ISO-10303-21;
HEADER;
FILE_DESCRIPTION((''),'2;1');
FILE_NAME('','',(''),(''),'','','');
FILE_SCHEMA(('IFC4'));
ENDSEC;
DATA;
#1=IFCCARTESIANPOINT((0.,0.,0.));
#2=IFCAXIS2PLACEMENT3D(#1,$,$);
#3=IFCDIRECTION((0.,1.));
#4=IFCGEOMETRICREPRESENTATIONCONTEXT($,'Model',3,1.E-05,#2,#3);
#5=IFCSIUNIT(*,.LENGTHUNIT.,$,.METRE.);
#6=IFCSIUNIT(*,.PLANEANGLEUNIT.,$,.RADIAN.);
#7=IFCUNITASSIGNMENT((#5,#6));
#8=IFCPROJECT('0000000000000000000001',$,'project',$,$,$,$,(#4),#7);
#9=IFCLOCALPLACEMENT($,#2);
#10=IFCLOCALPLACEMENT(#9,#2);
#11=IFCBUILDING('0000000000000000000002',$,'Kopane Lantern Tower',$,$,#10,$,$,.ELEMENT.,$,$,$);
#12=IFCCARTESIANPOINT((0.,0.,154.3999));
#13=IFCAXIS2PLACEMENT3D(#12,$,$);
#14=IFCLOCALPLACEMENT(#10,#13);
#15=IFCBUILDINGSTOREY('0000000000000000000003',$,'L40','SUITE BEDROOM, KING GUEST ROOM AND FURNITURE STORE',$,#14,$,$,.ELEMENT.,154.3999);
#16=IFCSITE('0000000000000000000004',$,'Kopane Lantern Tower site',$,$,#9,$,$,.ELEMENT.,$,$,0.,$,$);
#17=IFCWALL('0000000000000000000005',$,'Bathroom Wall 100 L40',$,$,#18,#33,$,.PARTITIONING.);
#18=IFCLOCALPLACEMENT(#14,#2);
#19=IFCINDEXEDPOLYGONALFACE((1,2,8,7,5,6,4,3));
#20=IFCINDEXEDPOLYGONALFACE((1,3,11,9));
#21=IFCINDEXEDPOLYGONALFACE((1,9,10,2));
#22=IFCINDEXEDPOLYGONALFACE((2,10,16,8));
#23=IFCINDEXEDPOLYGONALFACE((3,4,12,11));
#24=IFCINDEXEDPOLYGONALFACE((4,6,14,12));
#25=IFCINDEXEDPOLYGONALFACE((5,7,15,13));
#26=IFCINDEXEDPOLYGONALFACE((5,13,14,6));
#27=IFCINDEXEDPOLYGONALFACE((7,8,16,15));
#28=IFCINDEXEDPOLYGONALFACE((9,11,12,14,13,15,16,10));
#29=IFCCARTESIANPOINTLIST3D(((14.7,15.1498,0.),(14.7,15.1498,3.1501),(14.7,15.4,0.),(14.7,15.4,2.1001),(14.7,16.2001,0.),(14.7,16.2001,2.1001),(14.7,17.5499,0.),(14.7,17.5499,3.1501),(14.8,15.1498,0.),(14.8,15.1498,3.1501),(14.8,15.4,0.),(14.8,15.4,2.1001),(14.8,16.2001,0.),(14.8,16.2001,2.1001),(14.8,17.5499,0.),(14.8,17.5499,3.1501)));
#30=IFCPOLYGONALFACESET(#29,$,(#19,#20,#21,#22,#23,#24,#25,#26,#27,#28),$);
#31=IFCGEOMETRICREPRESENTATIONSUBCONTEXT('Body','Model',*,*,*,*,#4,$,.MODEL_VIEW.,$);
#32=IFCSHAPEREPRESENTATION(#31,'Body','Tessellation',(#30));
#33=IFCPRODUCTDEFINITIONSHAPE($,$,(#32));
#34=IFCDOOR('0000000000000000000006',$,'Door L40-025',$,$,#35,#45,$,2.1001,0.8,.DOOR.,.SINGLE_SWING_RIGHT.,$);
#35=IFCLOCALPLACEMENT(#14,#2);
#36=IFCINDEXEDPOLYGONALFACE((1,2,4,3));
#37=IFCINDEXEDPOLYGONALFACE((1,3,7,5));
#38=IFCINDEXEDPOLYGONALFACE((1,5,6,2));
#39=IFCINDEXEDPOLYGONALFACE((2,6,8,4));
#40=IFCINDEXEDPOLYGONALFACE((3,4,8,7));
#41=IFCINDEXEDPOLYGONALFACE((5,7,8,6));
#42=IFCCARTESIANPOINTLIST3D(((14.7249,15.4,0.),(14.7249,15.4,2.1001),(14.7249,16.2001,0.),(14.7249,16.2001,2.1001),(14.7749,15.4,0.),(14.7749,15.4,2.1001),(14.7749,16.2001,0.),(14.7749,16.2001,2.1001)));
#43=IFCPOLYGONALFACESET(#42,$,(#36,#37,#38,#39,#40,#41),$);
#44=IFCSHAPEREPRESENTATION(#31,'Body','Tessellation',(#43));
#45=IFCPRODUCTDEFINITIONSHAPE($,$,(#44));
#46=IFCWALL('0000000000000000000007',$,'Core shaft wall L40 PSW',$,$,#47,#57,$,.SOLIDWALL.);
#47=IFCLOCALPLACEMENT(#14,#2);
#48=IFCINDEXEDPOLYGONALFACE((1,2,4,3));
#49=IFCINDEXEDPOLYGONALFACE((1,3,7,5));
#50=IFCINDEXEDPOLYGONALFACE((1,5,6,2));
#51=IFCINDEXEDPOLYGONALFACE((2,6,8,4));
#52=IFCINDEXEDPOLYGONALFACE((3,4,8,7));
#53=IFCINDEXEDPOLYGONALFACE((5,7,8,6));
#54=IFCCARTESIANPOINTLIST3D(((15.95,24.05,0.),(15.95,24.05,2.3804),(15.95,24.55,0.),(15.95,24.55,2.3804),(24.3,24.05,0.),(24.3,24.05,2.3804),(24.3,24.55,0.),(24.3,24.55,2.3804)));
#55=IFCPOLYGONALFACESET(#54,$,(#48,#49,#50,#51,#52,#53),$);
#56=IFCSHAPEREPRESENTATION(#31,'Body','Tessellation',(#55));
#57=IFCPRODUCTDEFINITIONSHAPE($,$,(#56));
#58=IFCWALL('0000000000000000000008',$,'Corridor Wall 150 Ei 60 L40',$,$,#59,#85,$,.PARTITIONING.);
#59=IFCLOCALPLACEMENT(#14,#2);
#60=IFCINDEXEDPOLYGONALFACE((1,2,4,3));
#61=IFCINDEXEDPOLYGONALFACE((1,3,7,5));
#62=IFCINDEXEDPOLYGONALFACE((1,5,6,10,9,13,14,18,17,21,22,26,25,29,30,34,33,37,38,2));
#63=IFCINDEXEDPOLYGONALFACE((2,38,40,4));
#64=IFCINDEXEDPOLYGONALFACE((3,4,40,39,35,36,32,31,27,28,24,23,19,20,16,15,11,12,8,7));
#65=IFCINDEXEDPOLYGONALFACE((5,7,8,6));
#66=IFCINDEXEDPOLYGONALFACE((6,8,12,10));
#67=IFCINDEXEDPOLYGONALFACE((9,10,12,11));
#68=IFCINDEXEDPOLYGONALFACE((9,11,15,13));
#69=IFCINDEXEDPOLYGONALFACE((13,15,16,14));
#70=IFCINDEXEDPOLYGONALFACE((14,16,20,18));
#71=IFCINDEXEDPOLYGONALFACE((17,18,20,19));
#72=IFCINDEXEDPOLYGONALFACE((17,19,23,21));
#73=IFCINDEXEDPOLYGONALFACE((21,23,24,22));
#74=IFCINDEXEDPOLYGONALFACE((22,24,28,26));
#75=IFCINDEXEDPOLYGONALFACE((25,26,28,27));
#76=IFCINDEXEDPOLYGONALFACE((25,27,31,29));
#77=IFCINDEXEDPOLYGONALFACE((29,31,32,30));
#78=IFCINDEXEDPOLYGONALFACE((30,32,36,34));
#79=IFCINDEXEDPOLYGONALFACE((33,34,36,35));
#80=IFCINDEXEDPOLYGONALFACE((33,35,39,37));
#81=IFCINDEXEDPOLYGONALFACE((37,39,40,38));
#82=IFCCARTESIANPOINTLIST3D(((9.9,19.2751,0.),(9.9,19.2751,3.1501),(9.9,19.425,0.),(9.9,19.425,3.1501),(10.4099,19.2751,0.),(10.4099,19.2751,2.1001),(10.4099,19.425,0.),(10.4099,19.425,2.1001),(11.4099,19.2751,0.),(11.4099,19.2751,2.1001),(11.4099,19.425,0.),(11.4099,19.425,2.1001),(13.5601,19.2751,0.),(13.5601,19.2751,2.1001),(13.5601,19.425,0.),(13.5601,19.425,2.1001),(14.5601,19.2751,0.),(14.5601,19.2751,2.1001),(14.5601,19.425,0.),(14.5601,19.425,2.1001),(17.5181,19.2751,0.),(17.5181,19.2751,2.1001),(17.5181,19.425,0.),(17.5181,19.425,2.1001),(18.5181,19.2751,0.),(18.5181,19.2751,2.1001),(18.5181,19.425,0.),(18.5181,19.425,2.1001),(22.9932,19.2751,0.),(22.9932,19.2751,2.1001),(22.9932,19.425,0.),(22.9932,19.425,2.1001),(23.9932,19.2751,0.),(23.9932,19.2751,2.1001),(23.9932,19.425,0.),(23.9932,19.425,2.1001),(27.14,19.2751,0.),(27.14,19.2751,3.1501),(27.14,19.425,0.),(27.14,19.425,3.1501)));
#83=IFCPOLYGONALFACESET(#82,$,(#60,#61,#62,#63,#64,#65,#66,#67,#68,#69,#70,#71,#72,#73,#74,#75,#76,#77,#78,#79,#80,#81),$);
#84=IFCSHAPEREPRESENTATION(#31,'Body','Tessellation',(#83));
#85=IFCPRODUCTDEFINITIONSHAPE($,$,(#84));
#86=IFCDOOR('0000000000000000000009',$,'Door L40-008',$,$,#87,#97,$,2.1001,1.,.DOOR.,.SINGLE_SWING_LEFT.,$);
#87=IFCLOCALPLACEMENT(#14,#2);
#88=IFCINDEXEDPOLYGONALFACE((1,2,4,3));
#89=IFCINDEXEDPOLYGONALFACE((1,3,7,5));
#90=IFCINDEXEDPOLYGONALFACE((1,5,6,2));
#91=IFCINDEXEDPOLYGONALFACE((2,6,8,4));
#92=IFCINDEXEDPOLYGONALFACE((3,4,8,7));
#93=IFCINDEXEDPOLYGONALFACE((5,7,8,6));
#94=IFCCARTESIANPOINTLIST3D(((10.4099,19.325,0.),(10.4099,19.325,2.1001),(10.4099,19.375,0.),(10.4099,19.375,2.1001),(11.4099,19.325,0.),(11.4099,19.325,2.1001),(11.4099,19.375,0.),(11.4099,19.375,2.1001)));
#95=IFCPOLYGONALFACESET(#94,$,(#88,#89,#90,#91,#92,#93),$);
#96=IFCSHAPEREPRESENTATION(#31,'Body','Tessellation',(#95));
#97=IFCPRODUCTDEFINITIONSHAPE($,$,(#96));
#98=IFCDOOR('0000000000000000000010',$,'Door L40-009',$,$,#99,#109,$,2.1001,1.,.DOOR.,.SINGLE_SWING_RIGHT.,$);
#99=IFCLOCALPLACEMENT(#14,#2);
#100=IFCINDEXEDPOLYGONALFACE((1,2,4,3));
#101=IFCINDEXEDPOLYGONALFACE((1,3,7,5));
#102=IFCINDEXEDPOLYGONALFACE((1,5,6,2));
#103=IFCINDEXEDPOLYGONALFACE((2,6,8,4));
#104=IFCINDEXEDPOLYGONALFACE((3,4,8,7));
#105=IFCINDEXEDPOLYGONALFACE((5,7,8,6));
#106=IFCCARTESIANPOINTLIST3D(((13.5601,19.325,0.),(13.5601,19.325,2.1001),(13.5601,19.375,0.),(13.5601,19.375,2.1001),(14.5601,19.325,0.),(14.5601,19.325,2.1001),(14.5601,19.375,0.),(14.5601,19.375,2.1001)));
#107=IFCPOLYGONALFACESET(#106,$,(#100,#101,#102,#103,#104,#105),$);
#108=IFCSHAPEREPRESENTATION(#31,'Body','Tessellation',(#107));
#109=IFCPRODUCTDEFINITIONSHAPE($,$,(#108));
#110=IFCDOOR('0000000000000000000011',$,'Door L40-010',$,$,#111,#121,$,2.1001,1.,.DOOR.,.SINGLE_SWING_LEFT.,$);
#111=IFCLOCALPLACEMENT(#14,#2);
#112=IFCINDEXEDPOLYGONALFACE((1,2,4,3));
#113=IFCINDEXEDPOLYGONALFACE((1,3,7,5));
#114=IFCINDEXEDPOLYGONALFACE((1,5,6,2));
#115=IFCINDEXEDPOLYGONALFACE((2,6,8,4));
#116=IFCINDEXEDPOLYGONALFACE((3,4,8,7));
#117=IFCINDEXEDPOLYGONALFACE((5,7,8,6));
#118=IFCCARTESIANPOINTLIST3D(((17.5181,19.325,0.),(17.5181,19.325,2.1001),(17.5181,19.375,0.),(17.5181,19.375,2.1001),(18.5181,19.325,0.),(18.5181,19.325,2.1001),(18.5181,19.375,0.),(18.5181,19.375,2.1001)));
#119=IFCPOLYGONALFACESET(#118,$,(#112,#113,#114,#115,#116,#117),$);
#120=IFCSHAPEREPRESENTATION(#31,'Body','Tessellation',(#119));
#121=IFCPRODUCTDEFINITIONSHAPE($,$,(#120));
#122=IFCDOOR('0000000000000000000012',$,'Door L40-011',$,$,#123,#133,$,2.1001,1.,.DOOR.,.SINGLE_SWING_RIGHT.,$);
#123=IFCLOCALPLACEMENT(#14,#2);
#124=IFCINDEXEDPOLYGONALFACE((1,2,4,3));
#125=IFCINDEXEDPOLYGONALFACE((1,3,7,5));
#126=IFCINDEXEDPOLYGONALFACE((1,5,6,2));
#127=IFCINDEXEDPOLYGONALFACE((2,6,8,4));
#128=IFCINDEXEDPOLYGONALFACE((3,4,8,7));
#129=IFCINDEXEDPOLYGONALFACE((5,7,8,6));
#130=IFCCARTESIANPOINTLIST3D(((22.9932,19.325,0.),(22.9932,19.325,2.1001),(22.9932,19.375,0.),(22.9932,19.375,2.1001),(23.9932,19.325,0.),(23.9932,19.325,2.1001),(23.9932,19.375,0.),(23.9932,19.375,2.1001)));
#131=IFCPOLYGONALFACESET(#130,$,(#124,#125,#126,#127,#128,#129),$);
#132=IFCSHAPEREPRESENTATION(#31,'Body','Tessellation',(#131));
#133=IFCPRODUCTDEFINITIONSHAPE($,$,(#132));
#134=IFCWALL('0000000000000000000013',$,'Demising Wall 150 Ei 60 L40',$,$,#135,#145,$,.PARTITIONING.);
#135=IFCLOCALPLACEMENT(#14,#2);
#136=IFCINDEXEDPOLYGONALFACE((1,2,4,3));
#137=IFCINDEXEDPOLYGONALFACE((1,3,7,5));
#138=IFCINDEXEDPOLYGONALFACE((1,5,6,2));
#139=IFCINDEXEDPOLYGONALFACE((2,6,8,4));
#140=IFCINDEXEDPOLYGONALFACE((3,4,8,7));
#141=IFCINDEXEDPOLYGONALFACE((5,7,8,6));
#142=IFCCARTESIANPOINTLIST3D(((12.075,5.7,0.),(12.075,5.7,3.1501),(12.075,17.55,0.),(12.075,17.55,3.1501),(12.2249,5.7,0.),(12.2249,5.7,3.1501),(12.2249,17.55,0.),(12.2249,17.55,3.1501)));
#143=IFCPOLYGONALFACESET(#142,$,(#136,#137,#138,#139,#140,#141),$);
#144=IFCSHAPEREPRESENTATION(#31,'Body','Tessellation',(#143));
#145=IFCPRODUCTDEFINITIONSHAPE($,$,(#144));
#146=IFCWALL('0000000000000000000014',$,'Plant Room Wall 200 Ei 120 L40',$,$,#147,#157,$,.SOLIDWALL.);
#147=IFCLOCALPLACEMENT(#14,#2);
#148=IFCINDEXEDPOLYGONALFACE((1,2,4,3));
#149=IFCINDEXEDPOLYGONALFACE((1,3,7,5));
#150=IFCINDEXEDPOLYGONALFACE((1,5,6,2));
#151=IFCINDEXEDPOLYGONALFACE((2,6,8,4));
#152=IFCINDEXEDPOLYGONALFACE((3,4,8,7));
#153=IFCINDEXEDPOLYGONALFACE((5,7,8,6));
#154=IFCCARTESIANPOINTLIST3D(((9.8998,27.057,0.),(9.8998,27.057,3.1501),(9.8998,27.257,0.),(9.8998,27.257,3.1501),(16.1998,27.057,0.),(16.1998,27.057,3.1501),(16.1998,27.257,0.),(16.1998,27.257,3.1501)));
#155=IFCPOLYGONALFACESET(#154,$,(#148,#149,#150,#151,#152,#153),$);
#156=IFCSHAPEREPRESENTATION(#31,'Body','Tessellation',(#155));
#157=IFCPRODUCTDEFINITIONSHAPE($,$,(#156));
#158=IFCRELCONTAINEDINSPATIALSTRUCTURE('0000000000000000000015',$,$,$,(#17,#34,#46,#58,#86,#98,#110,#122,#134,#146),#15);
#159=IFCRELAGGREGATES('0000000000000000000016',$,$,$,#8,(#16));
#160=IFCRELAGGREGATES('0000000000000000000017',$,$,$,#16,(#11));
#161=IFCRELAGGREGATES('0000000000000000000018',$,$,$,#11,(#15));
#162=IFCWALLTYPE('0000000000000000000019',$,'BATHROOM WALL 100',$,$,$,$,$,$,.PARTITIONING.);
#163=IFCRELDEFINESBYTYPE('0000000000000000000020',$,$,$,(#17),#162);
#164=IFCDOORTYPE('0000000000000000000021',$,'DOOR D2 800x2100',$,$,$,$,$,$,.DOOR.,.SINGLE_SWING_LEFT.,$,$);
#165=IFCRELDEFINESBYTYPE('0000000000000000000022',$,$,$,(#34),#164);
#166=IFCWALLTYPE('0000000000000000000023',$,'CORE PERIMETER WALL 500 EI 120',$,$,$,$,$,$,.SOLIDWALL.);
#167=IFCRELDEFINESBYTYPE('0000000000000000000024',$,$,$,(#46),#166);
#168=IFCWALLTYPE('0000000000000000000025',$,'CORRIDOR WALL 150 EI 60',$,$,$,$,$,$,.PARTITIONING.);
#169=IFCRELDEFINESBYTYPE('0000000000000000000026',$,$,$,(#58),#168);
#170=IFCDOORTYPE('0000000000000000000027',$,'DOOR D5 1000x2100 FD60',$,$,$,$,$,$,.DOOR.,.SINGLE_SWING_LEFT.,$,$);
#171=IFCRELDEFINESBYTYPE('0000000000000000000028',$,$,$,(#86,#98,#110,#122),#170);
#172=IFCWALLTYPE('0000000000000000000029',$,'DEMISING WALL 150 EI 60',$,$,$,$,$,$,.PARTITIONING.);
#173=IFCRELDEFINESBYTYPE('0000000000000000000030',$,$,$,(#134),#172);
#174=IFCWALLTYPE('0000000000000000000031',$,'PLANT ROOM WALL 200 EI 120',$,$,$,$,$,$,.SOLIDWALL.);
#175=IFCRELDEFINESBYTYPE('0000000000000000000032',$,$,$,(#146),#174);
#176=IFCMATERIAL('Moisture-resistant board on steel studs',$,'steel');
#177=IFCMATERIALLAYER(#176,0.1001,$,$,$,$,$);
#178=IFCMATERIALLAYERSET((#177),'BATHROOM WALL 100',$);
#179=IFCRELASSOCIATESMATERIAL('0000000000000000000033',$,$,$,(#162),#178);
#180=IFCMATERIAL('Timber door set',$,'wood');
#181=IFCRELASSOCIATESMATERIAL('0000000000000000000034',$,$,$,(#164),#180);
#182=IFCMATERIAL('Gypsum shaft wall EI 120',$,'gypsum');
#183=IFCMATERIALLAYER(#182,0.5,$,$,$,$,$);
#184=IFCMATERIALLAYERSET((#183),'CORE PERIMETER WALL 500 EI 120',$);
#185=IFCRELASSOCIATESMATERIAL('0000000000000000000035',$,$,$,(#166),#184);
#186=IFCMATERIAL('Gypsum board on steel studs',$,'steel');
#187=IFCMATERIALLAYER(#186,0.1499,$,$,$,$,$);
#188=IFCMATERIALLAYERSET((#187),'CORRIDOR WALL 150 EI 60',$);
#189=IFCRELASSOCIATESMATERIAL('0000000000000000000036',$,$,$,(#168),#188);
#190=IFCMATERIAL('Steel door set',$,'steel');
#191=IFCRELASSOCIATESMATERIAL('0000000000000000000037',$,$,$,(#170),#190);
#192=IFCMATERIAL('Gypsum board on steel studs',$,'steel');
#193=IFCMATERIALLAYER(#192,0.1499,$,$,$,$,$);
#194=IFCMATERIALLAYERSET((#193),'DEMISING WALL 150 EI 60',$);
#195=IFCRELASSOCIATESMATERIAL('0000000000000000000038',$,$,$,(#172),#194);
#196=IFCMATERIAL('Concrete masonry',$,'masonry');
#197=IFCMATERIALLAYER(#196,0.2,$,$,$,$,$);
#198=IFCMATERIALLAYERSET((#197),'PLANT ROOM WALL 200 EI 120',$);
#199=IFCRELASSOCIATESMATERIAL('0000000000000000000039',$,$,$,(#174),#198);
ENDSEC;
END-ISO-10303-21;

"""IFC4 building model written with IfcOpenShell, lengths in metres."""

from ifc_helpers import new_model, si_unit, direction, frame, frame_2d, origin, place, context, subcontext, project, spatial, rectangle, extrude, material, layer, layer_set, type_object, element, fill, save


model = new_model("IFC4")

# Units and contexts
model_context = context("Model", 3, precision=1e-05, world=origin(), true_north=direction((0.0, 1.0)))
body_context = subcontext(model_context, "Body", "Model", "MODEL_VIEW")
ifc_project = project(units=[si_unit("LENGTHUNIT", "METRE"), si_unit("PLANEANGLEUNIT", "RADIAN")], contexts=[model_context])

# Site, building, storey
site_placement = place(None, origin())
site = spatial("IfcSite", under=ifc_project, at=site_placement, Name="Kopane Lantern Tower site", CompositionType="ELEMENT", RefElevation=0.0)
building_placement = place(site_placement, origin())
building = spatial("IfcBuilding", under=site, at=building_placement, Name="Kopane Lantern Tower", CompositionType="ELEMENT")
storey_placement = place(building_placement, frame((0.0, 0.0, 154.3999)))
storey = spatial("IfcBuildingStorey", under=building, at=storey_placement, Name="L40", Description="SUITE BEDROOM, KING GUEST ROOM AND FURNITURE STORE", CompositionType="ELEMENT", Elevation=154.3999)

# Wall, opening, door
ifc_material_1 = material(Name="Moisture-resistant board on steel studs", Category="steel")
ifc_layer_1 = layer(ifc_material_1, 0.1001)
ifc_layer_set_1 = layer_set([ifc_layer_1], Name="BATHROOM WALL 100")
wall_type_1 = type_object("IfcWallType", Name="BATHROOM WALL 100", PredefinedType="PARTITIONING", material=ifc_layer_set_1)
wall_1_placement = place(storey_placement, frame((14.75, 17.55, 0.0), z_axis=(0.0, 0.0, 1.0), x_axis=(0.0, -1.0, 0.0)))
wall_1 = element("IfcWall", 1, at=wall_1_placement, inside=storey, type_object=wall_type_1, Name="Bathroom Wall 100 L40", PredefinedType="PARTITIONING", context=body_context, shape_type="SweptSolid", body=[
    extrude(rectangle(XDim=2.4001, YDim=0.1001, at=frame_2d((1.2002, 0.0))), origin(), (0.0, 0.0, 1.0), 3.1501),
])
opening_1_placement = place(wall_1_placement, frame((1.3501, 0.0, 0.0)))
opening_1 = element("IfcOpeningElement", 2, at=opening_1_placement, cuts=wall_1, PredefinedType="OPENING", context=body_context, shape_type="SweptSolid", body=[
    extrude(rectangle(XDim=0.8, YDim=2.1001, at=frame_2d((0.3999, 1.05))), frame((0.0, 0.0601, 0.0), z_axis=(0.0, -1.0, 0.0), x_axis=(1.0, 0.0, 0.0)), (0.0, 0.0, 1.0), 0.1201),
])
ifc_material_2 = material(Name="Timber door set", Category="wood")
door_type_1 = type_object("IfcDoorType", Name="DOOR D2 800x2100", OperationType="SINGLE_SWING_LEFT", PredefinedType="DOOR", material=ifc_material_2)
door_1_placement = place(opening_1_placement, origin())
door_1 = element("IfcDoor", 3, at=door_1_placement, inside=storey, type_object=door_type_1, Name="Door L40-025", OperationType="SINGLE_SWING_RIGHT", OverallHeight=2.1001, OverallWidth=0.8, PredefinedType="DOOR", context=body_context, shape_type="SweptSolid", body=[
    extrude(rectangle(XDim=0.8, YDim=2.1001, at=frame_2d((0.3999, 1.05))), frame((0.0, 0.0249, 0.0), z_axis=(0.0, -1.0, 0.0), x_axis=(1.0, 0.0, 0.0)), (0.0, 0.0, 1.0), 0.05),
])
fill(opening_1, door_1)

# Wall
ifc_material_3 = material(Name="Gypsum shaft wall EI 120", Category="gypsum")
ifc_layer_2 = layer(ifc_material_3, 0.5)
ifc_layer_set_2 = layer_set([ifc_layer_2], Name="CORE PERIMETER WALL 500 EI 120")
wall_type_2 = type_object("IfcWallType", Name="CORE PERIMETER WALL 500 EI 120", PredefinedType="SOLIDWALL", material=ifc_layer_set_2)
wall_2_placement = place(storey_placement, frame((15.95, 24.3, 0.0), z_axis=(0.0, 0.0, 1.0), x_axis=(1.0, 0.0, 0.0)))
element("IfcWall", 4, at=wall_2_placement, inside=storey, type_object=wall_type_2, Name="Core shaft wall L40 PSW", PredefinedType="SOLIDWALL", context=body_context, shape_type="SweptSolid", body=[
    extrude(rectangle(XDim=8.3501, YDim=0.5, at=frame_2d((4.175, 0.0))), origin(), (0.0, 0.0, 1.0), 2.3804),
])

# Wall, openings, doors
ifc_material_4 = material(Name="Gypsum board on steel studs", Category="steel")
ifc_layer_3 = layer(ifc_material_4, 0.1499)
ifc_layer_set_3 = layer_set([ifc_layer_3], Name="CORRIDOR WALL 150 EI 60")
wall_type_3 = type_object("IfcWallType", Name="CORRIDOR WALL 150 EI 60", PredefinedType="PARTITIONING", material=ifc_layer_set_3)
wall_3_placement = place(storey_placement, frame((9.8999, 19.3501, 0.0), z_axis=(0.0, 0.0, 1.0), x_axis=(1.0, 0.0, 0.0)))
wall_3 = element("IfcWall", 5, at=wall_3_placement, inside=storey, type_object=wall_type_3, Name="Corridor Wall 150 Ei 60 L40", PredefinedType="PARTITIONING", context=body_context, shape_type="SweptSolid", body=[
    extrude(rectangle(XDim=17.24, YDim=0.1499, at=frame_2d((8.6201, 0.0))), origin(), (0.0, 0.0, 1.0), 3.1501),
])
opening_2_placement = place(wall_3_placement, frame((0.51, 0.0, 0.0)))
opening_2 = element("IfcOpeningElement", 6, at=opening_2_placement, cuts=wall_3, PredefinedType="OPENING", context=body_context, shape_type="SweptSolid", body=[
    extrude(rectangle(XDim=1.0, YDim=2.1001, at=frame_2d((0.5, 1.05))), frame((0.0, 0.085, 0.0), z_axis=(0.0, -1.0, 0.0), x_axis=(1.0, 0.0, 0.0)), (0.0, 0.0, 1.0), 0.1699),
])
opening_3_placement = place(wall_3_placement, frame((3.6602, 0.0, 0.0)))
opening_3 = element("IfcOpeningElement", 7, at=opening_3_placement, cuts=wall_3, PredefinedType="OPENING", context=body_context, shape_type="SweptSolid", body=[
    extrude(rectangle(XDim=1.0, YDim=2.1001, at=frame_2d((0.5, 1.05))), frame((0.0, 0.085, 0.0), z_axis=(0.0, -1.0, 0.0), x_axis=(1.0, 0.0, 0.0)), (0.0, 0.0, 1.0), 0.1699),
])
opening_4_placement = place(wall_3_placement, frame((7.6182, 0.0, 0.0)))
opening_4 = element("IfcOpeningElement", 8, at=opening_4_placement, cuts=wall_3, PredefinedType="OPENING", context=body_context, shape_type="SweptSolid", body=[
    extrude(rectangle(XDim=1.0, YDim=2.1001, at=frame_2d((0.5, 1.05))), frame((0.0, 0.085, 0.0), z_axis=(0.0, -1.0, 0.0), x_axis=(1.0, 0.0, 0.0)), (0.0, 0.0, 1.0), 0.1699),
])
opening_5_placement = place(wall_3_placement, frame((13.0933, 0.0, 0.0)))
opening_5 = element("IfcOpeningElement", 9, at=opening_5_placement, cuts=wall_3, PredefinedType="OPENING", context=body_context, shape_type="SweptSolid", body=[
    extrude(rectangle(XDim=1.0, YDim=2.1001, at=frame_2d((0.5, 1.05))), frame((0.0, 0.085, 0.0), z_axis=(0.0, -1.0, 0.0), x_axis=(1.0, 0.0, 0.0)), (0.0, 0.0, 1.0), 0.1699),
])
ifc_material_5 = material(Name="Steel door set", Category="steel")
door_type_2 = type_object("IfcDoorType", Name="DOOR D5 1000x2100 FD60", OperationType="SINGLE_SWING_LEFT", PredefinedType="DOOR", material=ifc_material_5)
door_2_placement = place(opening_2_placement, origin())
door_2 = element("IfcDoor", 10, at=door_2_placement, inside=storey, type_object=door_type_2, Name="Door L40-008", OperationType="SINGLE_SWING_LEFT", OverallHeight=2.1001, OverallWidth=1.0, PredefinedType="DOOR", context=body_context, shape_type="SweptSolid", body=[
    extrude(rectangle(XDim=1.0, YDim=2.1001, at=frame_2d((0.5, 1.05))), frame((0.0, 0.0249, 0.0), z_axis=(0.0, -1.0, 0.0), x_axis=(1.0, 0.0, 0.0)), (0.0, 0.0, 1.0), 0.05),
])
fill(opening_2, door_2)
door_3_placement = place(opening_3_placement, origin())
door_3 = element("IfcDoor", 11, at=door_3_placement, inside=storey, type_object=door_type_2, Name="Door L40-009", OperationType="SINGLE_SWING_RIGHT", OverallHeight=2.1001, OverallWidth=1.0, PredefinedType="DOOR", context=body_context, shape_type="SweptSolid", body=[
    extrude(rectangle(XDim=1.0, YDim=2.1001, at=frame_2d((0.5, 1.05))), frame((0.0, 0.0249, 0.0), z_axis=(0.0, -1.0, 0.0), x_axis=(1.0, 0.0, 0.0)), (0.0, 0.0, 1.0), 0.05),
])
fill(opening_3, door_3)
door_4_placement = place(opening_4_placement, origin())
door_4 = element("IfcDoor", 12, at=door_4_placement, inside=storey, type_object=door_type_2, Name="Door L40-010", OperationType="SINGLE_SWING_LEFT", OverallHeight=2.1001, OverallWidth=1.0, PredefinedType="DOOR", context=body_context, shape_type="SweptSolid", body=[
    extrude(rectangle(XDim=1.0, YDim=2.1001, at=frame_2d((0.5, 1.05))), frame((0.0, 0.0249, 0.0), z_axis=(0.0, -1.0, 0.0), x_axis=(1.0, 0.0, 0.0)), (0.0, 0.0, 1.0), 0.05),
])
fill(opening_4, door_4)
door_5_placement = place(opening_5_placement, origin())
door_5 = element("IfcDoor", 13, at=door_5_placement, inside=storey, type_object=door_type_2, Name="Door L40-011", OperationType="SINGLE_SWING_RIGHT", OverallHeight=2.1001, OverallWidth=1.0, PredefinedType="DOOR", context=body_context, shape_type="SweptSolid", body=[
    extrude(rectangle(XDim=1.0, YDim=2.1001, at=frame_2d((0.5, 1.05))), frame((0.0, 0.0249, 0.0), z_axis=(0.0, -1.0, 0.0), x_axis=(1.0, 0.0, 0.0)), (0.0, 0.0, 1.0), 0.05),
])
fill(opening_5, door_5)

# Walls
ifc_material_6 = material(Name="Gypsum board on steel studs", Category="steel")
ifc_layer_4 = layer(ifc_material_6, 0.1499)
ifc_layer_set_4 = layer_set([ifc_layer_4], Name="DEMISING WALL 150 EI 60")
wall_type_4 = type_object("IfcWallType", Name="DEMISING WALL 150 EI 60", PredefinedType="PARTITIONING", material=ifc_layer_set_4)
wall_4_placement = place(storey_placement, frame((12.1499, 17.55, 0.0), z_axis=(0.0, 0.0, 1.0), x_axis=(0.0, -1.0, 0.0)))
element("IfcWall", 14, at=wall_4_placement, inside=storey, type_object=wall_type_4, Name="Demising Wall 150 Ei 60 L40", PredefinedType="PARTITIONING", context=body_context, shape_type="SweptSolid", body=[
    extrude(rectangle(XDim=11.8501, YDim=0.1499, at=frame_2d((5.925, 0.0))), origin(), (0.0, 0.0, 1.0), 3.1501),
])
ifc_material_7 = material(Name="Concrete masonry", Category="masonry")
ifc_layer_5 = layer(ifc_material_7, 0.2)
ifc_layer_set_5 = layer_set([ifc_layer_5], Name="PLANT ROOM WALL 200 EI 120")
wall_type_5 = type_object("IfcWallType", Name="PLANT ROOM WALL 200 EI 120", PredefinedType="SOLIDWALL", material=ifc_layer_set_5)
wall_5_placement = place(storey_placement, frame((9.8999, 27.157, 0.0), z_axis=(0.0, 0.0, 1.0), x_axis=(1.0, 0.0, 0.0)))
element("IfcWall", 15, at=wall_5_placement, inside=storey, type_object=wall_type_5, Name="Plant Room Wall 200 Ei 120 L40", PredefinedType="SOLIDWALL", context=body_context, shape_type="SweptSolid", body=[
    extrude(rectangle(XDim=6.3, YDim=0.2, at=frame_2d((3.1499, 0.0))), origin(), (0.0, 0.0, 1.0), 3.1501),
])

save(model, "model.ifc")
